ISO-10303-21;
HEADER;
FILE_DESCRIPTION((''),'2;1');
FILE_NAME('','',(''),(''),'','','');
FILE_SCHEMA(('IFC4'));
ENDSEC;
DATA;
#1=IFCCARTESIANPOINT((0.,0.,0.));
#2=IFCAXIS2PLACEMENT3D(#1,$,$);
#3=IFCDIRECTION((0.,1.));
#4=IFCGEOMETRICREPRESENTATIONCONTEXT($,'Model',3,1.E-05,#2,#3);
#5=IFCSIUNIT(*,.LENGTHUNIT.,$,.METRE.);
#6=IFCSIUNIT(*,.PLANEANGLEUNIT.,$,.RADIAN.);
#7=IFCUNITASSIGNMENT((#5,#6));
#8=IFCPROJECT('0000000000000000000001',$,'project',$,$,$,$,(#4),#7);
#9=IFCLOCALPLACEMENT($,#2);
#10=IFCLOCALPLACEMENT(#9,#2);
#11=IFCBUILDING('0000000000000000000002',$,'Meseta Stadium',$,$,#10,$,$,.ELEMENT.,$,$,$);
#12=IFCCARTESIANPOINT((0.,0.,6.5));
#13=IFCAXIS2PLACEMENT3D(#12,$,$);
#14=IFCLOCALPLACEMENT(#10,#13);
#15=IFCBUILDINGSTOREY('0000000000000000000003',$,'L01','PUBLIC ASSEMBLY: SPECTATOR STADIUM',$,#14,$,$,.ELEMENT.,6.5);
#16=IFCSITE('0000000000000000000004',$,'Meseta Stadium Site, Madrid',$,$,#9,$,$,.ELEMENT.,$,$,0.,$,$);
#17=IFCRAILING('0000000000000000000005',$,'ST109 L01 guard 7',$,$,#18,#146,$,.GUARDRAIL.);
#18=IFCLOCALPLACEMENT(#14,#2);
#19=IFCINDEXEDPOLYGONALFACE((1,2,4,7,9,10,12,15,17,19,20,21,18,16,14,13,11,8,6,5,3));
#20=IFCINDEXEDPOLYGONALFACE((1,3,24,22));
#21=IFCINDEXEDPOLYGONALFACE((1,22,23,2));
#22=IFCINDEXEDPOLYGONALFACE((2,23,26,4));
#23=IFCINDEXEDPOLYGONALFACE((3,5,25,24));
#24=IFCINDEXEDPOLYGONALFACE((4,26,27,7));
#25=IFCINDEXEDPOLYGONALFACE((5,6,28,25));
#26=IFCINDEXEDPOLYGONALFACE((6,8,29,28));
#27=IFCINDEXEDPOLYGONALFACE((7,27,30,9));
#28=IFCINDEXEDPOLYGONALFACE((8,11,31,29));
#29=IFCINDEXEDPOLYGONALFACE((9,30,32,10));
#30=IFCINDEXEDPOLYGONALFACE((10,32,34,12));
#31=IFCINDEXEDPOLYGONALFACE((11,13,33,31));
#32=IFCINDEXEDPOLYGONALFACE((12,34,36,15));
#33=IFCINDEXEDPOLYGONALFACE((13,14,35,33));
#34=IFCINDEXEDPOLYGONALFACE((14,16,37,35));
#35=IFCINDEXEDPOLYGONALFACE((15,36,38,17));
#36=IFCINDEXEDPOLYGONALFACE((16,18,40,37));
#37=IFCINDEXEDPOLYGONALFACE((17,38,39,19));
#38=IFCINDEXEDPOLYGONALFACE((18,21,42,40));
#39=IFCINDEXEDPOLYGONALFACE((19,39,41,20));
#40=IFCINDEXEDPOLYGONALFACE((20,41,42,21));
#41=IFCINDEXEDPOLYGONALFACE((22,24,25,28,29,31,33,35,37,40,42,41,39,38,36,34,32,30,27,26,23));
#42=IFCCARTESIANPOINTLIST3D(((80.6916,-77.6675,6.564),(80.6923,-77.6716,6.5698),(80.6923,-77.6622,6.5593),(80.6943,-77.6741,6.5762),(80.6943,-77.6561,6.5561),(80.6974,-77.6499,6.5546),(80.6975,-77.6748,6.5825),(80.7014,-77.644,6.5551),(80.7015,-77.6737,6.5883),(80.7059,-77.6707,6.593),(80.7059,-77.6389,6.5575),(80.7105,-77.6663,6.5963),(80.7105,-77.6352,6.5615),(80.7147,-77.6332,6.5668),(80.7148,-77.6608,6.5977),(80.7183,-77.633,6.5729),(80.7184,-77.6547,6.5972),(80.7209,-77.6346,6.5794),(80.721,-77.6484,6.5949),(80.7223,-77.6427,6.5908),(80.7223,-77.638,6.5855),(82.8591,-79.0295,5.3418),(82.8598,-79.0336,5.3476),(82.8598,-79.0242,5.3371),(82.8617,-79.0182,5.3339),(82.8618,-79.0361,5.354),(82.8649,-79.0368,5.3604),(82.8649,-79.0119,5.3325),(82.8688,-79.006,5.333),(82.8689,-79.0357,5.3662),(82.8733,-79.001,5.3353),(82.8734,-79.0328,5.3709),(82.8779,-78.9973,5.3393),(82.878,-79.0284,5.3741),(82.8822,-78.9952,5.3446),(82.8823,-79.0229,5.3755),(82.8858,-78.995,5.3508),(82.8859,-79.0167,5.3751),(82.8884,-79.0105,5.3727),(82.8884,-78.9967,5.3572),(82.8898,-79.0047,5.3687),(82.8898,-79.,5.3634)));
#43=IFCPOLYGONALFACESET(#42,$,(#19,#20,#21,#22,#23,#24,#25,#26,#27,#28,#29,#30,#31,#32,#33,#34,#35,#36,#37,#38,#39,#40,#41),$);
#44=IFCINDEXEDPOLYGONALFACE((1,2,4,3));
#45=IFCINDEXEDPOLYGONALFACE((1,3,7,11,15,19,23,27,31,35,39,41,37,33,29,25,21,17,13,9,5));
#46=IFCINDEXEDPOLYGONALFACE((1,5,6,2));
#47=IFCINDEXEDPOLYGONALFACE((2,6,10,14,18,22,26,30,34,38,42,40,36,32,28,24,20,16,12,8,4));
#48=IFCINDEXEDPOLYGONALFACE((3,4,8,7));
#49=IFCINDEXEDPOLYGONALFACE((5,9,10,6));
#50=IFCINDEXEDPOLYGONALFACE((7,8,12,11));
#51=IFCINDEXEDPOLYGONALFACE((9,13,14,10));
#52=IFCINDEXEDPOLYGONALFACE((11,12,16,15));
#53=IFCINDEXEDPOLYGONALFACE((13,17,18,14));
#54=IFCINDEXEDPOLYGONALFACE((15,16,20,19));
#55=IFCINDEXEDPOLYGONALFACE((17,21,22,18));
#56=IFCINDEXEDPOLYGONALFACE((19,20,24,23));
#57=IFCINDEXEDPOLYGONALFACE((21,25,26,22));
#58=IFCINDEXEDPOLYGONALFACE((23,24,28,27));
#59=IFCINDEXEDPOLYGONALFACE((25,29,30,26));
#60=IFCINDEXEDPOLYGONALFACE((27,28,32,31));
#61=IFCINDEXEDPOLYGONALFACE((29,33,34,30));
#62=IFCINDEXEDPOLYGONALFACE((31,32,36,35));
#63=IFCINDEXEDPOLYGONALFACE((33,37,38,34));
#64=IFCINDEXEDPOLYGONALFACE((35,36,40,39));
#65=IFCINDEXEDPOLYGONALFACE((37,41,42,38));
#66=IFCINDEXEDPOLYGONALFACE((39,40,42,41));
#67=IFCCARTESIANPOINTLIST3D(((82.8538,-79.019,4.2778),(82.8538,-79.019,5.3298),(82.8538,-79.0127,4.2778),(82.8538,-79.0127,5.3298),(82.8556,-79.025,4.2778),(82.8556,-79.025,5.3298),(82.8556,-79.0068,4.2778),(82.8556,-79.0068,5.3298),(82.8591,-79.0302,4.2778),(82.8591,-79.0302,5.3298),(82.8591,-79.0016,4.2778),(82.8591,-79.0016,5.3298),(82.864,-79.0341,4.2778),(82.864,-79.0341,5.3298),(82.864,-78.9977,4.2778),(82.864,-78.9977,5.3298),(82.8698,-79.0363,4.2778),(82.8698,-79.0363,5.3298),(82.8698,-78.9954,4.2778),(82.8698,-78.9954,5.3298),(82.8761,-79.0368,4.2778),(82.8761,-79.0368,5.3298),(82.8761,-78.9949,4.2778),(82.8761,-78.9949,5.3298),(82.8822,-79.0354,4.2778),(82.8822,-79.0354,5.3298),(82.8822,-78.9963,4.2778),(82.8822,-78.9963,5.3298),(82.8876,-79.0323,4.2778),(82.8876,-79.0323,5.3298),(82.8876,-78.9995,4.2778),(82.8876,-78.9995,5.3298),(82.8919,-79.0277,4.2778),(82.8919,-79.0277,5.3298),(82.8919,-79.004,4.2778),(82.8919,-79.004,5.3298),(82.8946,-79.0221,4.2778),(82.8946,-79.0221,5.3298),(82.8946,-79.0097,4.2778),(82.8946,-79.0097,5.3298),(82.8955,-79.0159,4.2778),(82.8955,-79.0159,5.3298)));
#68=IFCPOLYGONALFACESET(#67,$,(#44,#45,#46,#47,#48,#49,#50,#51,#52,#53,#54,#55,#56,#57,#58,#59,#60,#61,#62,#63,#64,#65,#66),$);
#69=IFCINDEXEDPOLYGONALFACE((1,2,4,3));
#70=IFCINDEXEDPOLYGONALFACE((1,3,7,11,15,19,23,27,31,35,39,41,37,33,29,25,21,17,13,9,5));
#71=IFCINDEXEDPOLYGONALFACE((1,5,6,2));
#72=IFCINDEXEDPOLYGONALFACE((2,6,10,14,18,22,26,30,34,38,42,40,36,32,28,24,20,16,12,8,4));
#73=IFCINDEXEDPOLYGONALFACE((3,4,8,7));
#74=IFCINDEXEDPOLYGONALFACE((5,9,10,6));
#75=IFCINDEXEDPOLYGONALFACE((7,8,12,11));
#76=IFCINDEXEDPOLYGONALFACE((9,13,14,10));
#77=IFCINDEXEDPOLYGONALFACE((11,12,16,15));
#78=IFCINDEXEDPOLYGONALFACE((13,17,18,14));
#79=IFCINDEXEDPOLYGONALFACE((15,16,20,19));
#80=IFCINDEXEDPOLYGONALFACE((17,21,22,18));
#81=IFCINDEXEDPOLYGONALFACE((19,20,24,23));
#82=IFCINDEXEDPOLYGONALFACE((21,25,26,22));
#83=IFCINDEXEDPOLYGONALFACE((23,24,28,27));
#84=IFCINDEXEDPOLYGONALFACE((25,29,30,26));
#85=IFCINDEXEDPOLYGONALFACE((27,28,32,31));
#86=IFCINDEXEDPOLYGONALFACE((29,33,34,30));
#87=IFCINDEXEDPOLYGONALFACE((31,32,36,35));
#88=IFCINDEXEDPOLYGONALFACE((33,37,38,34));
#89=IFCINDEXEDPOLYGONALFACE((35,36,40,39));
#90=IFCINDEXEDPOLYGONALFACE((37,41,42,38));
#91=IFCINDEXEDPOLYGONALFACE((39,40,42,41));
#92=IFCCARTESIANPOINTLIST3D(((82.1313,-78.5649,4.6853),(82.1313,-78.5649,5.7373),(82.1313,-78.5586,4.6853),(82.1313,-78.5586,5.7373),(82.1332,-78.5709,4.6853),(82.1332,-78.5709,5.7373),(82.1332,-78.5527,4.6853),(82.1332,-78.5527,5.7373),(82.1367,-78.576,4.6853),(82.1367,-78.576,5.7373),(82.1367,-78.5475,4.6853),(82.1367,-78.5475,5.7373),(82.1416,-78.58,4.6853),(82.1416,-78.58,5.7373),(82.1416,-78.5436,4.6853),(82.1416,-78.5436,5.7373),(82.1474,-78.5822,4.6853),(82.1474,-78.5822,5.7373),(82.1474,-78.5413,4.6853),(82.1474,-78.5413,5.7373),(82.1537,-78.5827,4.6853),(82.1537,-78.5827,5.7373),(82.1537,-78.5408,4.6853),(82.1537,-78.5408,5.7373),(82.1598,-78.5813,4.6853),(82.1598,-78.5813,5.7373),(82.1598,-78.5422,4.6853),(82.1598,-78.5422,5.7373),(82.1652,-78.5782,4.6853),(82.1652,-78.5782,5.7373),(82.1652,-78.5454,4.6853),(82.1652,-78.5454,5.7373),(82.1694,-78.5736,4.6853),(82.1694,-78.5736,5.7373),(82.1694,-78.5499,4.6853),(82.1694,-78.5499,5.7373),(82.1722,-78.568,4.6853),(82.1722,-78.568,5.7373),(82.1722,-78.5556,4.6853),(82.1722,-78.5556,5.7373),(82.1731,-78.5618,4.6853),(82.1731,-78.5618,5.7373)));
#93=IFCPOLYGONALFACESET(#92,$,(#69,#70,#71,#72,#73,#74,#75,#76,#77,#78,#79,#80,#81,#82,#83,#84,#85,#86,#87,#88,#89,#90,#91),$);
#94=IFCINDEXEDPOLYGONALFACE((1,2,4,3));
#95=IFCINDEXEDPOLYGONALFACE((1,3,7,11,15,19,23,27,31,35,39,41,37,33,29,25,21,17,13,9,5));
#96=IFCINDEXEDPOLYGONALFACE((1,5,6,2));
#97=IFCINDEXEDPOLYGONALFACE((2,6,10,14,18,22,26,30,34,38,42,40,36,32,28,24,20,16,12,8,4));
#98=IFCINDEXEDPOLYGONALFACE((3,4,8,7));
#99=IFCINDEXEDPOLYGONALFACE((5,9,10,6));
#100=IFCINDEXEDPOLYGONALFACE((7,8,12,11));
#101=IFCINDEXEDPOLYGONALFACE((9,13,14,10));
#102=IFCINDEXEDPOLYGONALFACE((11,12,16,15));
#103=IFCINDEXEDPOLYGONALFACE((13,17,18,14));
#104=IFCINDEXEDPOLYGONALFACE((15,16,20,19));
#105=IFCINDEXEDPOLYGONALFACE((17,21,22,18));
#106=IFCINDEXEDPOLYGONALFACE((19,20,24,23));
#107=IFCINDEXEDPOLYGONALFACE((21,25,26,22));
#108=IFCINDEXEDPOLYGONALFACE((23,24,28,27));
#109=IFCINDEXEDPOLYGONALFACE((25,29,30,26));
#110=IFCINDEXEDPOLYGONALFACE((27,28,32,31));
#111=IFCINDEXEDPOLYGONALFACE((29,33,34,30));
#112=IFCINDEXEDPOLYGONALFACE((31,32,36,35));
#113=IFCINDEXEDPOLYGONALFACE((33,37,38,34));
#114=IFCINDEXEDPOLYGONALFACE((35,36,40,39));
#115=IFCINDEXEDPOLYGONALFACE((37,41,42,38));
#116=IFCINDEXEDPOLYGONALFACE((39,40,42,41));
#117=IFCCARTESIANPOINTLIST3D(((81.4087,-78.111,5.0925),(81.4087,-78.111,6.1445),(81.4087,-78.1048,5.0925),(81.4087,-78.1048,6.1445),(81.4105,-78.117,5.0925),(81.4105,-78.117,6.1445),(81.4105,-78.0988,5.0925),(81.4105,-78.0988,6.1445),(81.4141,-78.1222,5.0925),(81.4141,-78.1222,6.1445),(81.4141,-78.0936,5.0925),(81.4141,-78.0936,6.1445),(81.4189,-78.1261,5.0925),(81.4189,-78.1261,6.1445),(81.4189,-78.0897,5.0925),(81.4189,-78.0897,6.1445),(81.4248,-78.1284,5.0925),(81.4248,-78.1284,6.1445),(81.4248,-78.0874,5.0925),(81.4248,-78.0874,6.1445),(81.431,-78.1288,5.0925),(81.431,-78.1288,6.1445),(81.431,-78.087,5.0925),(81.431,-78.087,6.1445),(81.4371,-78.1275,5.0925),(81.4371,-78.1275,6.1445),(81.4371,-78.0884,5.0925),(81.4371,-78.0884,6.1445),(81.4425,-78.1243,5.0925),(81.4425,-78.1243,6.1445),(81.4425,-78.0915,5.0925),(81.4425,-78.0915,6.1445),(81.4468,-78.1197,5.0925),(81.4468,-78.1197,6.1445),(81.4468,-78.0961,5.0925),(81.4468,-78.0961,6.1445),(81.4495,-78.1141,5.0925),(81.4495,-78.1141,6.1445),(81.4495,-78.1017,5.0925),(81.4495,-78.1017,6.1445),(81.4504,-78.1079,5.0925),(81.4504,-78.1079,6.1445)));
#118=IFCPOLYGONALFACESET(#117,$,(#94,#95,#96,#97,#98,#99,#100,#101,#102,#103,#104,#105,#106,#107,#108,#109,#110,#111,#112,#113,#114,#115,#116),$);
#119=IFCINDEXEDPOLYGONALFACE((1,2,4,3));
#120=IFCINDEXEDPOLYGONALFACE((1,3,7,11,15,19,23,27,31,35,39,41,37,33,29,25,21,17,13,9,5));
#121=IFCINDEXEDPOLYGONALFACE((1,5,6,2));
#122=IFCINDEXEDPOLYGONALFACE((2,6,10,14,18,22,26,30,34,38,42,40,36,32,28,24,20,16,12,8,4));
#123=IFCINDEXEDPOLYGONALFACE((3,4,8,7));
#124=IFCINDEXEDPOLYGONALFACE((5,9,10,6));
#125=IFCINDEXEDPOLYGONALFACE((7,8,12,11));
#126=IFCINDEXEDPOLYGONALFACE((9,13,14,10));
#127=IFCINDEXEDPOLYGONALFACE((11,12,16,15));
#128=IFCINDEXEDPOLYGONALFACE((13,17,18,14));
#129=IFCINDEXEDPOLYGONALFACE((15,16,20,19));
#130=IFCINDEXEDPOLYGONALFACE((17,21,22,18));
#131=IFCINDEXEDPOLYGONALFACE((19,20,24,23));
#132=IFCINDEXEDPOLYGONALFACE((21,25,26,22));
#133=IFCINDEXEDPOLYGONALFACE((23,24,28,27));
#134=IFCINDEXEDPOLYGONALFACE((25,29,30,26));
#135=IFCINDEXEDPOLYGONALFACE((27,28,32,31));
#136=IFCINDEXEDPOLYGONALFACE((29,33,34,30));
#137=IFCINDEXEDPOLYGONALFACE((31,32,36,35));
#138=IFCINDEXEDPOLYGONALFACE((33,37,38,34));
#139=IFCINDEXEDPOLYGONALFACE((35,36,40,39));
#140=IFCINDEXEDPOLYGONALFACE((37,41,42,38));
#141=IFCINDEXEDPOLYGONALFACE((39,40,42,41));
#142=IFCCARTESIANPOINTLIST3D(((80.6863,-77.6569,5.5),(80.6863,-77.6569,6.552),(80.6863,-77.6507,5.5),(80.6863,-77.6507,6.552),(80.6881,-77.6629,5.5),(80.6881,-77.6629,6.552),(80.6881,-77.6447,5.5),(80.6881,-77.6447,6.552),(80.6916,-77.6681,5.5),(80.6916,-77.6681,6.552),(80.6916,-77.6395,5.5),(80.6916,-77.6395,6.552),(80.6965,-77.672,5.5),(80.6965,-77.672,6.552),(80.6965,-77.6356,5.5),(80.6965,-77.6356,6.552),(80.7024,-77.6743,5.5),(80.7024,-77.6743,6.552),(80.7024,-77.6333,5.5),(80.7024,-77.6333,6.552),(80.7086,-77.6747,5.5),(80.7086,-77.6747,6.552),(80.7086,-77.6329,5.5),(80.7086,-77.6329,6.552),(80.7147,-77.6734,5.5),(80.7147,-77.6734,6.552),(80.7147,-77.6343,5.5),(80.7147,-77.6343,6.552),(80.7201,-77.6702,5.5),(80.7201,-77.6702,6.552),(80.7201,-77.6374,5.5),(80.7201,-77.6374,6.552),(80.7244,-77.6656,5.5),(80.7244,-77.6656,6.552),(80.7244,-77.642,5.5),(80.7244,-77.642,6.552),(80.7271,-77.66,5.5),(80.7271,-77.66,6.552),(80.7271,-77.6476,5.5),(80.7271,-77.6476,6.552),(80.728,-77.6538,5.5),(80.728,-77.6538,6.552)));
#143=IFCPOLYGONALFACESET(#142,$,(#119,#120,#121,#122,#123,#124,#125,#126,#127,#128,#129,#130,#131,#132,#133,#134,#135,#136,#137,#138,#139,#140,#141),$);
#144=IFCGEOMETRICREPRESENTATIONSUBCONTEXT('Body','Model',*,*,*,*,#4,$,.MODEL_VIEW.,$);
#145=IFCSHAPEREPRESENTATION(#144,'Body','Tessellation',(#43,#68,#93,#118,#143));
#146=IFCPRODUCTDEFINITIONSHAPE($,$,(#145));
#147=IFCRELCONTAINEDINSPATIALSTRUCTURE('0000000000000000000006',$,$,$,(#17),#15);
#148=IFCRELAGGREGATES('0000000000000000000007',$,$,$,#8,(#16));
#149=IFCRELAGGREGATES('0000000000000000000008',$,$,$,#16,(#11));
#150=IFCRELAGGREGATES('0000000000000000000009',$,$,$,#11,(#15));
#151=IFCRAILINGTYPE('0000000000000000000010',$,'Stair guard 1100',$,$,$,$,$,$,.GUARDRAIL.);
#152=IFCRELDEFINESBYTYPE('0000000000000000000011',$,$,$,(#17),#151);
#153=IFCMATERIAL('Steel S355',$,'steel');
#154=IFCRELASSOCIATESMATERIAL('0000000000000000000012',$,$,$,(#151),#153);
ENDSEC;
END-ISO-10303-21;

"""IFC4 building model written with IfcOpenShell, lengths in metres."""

from ifc_helpers import new_model, si_unit, direction, frame, origin, origin_2d, place, context, subcontext, project, spatial, circle, extrude, material, type_object, element, save


model = new_model("IFC4")

# Units and contexts
model_context = context("Model", 3, precision=1e-05, world=origin(), true_north=direction((0.0, 1.0)))
body_context = subcontext(model_context, "Body", "Model", "MODEL_VIEW")
ifc_project = project(units=[si_unit("LENGTHUNIT", "METRE"), si_unit("PLANEANGLEUNIT", "RADIAN")], contexts=[model_context])

# Site, building, storey
site_placement = place(None, origin())
site = spatial("IfcSite", under=ifc_project, at=site_placement, Name="Meseta Stadium Site, Madrid", CompositionType="ELEMENT", RefElevation=0.0)
building_placement = place(site_placement, origin())
building = spatial("IfcBuilding", under=site, at=building_placement, Name="Meseta Stadium", CompositionType="ELEMENT")
storey_placement = place(building_placement, frame((0.0, 0.0, 6.5)))
storey = spatial("IfcBuildingStorey", under=building, at=storey_placement, Name="L01", Description="PUBLIC ASSEMBLY: SPECTATOR STADIUM", CompositionType="ELEMENT", Elevation=6.5)

# Railing
ifc_material_1 = material(Name="Steel S355", Category="steel")
railing_type_1 = type_object("IfcRailingType", Name="Stair guard 1100", PredefinedType="GUARDRAIL", material=ifc_material_1)
railing_1_placement = place(storey_placement, frame((82.8745, -79.0159, 4.2778)))
element("IfcRailing", 1, at=railing_1_placement, inside=storey, type_object=railing_type_1, Name="ST109 L01 guard 7", PredefinedType="GUARDRAIL", context=body_context, shape_type="SweptSolid", body=[
    extrude(circle(Radius=0.0239, at=origin_2d()), frame((0.0, 0.0, 1.0762), z_axis=(-0.764085, 0.480156, 0.430841), x_axis=(-0.532072, -0.846699, 0.0)), (0.0, 0.0, 1.0), 2.8367),
    extrude(circle(Radius=0.021, at=origin_2d()), origin(), (0.0, 0.0, 1.0), 1.052),
    extrude(circle(Radius=0.021, at=origin_2d()), frame((-0.7224, 0.4541, 0.4075)), (0.0, 0.0, 1.0), 1.052),
    extrude(circle(Radius=0.021, at=origin_2d()), frame((-1.4451, 0.908, 0.8147)), (0.0, 0.0, 1.0), 1.052),
    extrude(circle(Radius=0.021, at=origin_2d()), frame((-2.1675, 1.3621, 1.2222)), (0.0, 0.0, 1.0), 1.052),
])

save(model, "model.ifc")
